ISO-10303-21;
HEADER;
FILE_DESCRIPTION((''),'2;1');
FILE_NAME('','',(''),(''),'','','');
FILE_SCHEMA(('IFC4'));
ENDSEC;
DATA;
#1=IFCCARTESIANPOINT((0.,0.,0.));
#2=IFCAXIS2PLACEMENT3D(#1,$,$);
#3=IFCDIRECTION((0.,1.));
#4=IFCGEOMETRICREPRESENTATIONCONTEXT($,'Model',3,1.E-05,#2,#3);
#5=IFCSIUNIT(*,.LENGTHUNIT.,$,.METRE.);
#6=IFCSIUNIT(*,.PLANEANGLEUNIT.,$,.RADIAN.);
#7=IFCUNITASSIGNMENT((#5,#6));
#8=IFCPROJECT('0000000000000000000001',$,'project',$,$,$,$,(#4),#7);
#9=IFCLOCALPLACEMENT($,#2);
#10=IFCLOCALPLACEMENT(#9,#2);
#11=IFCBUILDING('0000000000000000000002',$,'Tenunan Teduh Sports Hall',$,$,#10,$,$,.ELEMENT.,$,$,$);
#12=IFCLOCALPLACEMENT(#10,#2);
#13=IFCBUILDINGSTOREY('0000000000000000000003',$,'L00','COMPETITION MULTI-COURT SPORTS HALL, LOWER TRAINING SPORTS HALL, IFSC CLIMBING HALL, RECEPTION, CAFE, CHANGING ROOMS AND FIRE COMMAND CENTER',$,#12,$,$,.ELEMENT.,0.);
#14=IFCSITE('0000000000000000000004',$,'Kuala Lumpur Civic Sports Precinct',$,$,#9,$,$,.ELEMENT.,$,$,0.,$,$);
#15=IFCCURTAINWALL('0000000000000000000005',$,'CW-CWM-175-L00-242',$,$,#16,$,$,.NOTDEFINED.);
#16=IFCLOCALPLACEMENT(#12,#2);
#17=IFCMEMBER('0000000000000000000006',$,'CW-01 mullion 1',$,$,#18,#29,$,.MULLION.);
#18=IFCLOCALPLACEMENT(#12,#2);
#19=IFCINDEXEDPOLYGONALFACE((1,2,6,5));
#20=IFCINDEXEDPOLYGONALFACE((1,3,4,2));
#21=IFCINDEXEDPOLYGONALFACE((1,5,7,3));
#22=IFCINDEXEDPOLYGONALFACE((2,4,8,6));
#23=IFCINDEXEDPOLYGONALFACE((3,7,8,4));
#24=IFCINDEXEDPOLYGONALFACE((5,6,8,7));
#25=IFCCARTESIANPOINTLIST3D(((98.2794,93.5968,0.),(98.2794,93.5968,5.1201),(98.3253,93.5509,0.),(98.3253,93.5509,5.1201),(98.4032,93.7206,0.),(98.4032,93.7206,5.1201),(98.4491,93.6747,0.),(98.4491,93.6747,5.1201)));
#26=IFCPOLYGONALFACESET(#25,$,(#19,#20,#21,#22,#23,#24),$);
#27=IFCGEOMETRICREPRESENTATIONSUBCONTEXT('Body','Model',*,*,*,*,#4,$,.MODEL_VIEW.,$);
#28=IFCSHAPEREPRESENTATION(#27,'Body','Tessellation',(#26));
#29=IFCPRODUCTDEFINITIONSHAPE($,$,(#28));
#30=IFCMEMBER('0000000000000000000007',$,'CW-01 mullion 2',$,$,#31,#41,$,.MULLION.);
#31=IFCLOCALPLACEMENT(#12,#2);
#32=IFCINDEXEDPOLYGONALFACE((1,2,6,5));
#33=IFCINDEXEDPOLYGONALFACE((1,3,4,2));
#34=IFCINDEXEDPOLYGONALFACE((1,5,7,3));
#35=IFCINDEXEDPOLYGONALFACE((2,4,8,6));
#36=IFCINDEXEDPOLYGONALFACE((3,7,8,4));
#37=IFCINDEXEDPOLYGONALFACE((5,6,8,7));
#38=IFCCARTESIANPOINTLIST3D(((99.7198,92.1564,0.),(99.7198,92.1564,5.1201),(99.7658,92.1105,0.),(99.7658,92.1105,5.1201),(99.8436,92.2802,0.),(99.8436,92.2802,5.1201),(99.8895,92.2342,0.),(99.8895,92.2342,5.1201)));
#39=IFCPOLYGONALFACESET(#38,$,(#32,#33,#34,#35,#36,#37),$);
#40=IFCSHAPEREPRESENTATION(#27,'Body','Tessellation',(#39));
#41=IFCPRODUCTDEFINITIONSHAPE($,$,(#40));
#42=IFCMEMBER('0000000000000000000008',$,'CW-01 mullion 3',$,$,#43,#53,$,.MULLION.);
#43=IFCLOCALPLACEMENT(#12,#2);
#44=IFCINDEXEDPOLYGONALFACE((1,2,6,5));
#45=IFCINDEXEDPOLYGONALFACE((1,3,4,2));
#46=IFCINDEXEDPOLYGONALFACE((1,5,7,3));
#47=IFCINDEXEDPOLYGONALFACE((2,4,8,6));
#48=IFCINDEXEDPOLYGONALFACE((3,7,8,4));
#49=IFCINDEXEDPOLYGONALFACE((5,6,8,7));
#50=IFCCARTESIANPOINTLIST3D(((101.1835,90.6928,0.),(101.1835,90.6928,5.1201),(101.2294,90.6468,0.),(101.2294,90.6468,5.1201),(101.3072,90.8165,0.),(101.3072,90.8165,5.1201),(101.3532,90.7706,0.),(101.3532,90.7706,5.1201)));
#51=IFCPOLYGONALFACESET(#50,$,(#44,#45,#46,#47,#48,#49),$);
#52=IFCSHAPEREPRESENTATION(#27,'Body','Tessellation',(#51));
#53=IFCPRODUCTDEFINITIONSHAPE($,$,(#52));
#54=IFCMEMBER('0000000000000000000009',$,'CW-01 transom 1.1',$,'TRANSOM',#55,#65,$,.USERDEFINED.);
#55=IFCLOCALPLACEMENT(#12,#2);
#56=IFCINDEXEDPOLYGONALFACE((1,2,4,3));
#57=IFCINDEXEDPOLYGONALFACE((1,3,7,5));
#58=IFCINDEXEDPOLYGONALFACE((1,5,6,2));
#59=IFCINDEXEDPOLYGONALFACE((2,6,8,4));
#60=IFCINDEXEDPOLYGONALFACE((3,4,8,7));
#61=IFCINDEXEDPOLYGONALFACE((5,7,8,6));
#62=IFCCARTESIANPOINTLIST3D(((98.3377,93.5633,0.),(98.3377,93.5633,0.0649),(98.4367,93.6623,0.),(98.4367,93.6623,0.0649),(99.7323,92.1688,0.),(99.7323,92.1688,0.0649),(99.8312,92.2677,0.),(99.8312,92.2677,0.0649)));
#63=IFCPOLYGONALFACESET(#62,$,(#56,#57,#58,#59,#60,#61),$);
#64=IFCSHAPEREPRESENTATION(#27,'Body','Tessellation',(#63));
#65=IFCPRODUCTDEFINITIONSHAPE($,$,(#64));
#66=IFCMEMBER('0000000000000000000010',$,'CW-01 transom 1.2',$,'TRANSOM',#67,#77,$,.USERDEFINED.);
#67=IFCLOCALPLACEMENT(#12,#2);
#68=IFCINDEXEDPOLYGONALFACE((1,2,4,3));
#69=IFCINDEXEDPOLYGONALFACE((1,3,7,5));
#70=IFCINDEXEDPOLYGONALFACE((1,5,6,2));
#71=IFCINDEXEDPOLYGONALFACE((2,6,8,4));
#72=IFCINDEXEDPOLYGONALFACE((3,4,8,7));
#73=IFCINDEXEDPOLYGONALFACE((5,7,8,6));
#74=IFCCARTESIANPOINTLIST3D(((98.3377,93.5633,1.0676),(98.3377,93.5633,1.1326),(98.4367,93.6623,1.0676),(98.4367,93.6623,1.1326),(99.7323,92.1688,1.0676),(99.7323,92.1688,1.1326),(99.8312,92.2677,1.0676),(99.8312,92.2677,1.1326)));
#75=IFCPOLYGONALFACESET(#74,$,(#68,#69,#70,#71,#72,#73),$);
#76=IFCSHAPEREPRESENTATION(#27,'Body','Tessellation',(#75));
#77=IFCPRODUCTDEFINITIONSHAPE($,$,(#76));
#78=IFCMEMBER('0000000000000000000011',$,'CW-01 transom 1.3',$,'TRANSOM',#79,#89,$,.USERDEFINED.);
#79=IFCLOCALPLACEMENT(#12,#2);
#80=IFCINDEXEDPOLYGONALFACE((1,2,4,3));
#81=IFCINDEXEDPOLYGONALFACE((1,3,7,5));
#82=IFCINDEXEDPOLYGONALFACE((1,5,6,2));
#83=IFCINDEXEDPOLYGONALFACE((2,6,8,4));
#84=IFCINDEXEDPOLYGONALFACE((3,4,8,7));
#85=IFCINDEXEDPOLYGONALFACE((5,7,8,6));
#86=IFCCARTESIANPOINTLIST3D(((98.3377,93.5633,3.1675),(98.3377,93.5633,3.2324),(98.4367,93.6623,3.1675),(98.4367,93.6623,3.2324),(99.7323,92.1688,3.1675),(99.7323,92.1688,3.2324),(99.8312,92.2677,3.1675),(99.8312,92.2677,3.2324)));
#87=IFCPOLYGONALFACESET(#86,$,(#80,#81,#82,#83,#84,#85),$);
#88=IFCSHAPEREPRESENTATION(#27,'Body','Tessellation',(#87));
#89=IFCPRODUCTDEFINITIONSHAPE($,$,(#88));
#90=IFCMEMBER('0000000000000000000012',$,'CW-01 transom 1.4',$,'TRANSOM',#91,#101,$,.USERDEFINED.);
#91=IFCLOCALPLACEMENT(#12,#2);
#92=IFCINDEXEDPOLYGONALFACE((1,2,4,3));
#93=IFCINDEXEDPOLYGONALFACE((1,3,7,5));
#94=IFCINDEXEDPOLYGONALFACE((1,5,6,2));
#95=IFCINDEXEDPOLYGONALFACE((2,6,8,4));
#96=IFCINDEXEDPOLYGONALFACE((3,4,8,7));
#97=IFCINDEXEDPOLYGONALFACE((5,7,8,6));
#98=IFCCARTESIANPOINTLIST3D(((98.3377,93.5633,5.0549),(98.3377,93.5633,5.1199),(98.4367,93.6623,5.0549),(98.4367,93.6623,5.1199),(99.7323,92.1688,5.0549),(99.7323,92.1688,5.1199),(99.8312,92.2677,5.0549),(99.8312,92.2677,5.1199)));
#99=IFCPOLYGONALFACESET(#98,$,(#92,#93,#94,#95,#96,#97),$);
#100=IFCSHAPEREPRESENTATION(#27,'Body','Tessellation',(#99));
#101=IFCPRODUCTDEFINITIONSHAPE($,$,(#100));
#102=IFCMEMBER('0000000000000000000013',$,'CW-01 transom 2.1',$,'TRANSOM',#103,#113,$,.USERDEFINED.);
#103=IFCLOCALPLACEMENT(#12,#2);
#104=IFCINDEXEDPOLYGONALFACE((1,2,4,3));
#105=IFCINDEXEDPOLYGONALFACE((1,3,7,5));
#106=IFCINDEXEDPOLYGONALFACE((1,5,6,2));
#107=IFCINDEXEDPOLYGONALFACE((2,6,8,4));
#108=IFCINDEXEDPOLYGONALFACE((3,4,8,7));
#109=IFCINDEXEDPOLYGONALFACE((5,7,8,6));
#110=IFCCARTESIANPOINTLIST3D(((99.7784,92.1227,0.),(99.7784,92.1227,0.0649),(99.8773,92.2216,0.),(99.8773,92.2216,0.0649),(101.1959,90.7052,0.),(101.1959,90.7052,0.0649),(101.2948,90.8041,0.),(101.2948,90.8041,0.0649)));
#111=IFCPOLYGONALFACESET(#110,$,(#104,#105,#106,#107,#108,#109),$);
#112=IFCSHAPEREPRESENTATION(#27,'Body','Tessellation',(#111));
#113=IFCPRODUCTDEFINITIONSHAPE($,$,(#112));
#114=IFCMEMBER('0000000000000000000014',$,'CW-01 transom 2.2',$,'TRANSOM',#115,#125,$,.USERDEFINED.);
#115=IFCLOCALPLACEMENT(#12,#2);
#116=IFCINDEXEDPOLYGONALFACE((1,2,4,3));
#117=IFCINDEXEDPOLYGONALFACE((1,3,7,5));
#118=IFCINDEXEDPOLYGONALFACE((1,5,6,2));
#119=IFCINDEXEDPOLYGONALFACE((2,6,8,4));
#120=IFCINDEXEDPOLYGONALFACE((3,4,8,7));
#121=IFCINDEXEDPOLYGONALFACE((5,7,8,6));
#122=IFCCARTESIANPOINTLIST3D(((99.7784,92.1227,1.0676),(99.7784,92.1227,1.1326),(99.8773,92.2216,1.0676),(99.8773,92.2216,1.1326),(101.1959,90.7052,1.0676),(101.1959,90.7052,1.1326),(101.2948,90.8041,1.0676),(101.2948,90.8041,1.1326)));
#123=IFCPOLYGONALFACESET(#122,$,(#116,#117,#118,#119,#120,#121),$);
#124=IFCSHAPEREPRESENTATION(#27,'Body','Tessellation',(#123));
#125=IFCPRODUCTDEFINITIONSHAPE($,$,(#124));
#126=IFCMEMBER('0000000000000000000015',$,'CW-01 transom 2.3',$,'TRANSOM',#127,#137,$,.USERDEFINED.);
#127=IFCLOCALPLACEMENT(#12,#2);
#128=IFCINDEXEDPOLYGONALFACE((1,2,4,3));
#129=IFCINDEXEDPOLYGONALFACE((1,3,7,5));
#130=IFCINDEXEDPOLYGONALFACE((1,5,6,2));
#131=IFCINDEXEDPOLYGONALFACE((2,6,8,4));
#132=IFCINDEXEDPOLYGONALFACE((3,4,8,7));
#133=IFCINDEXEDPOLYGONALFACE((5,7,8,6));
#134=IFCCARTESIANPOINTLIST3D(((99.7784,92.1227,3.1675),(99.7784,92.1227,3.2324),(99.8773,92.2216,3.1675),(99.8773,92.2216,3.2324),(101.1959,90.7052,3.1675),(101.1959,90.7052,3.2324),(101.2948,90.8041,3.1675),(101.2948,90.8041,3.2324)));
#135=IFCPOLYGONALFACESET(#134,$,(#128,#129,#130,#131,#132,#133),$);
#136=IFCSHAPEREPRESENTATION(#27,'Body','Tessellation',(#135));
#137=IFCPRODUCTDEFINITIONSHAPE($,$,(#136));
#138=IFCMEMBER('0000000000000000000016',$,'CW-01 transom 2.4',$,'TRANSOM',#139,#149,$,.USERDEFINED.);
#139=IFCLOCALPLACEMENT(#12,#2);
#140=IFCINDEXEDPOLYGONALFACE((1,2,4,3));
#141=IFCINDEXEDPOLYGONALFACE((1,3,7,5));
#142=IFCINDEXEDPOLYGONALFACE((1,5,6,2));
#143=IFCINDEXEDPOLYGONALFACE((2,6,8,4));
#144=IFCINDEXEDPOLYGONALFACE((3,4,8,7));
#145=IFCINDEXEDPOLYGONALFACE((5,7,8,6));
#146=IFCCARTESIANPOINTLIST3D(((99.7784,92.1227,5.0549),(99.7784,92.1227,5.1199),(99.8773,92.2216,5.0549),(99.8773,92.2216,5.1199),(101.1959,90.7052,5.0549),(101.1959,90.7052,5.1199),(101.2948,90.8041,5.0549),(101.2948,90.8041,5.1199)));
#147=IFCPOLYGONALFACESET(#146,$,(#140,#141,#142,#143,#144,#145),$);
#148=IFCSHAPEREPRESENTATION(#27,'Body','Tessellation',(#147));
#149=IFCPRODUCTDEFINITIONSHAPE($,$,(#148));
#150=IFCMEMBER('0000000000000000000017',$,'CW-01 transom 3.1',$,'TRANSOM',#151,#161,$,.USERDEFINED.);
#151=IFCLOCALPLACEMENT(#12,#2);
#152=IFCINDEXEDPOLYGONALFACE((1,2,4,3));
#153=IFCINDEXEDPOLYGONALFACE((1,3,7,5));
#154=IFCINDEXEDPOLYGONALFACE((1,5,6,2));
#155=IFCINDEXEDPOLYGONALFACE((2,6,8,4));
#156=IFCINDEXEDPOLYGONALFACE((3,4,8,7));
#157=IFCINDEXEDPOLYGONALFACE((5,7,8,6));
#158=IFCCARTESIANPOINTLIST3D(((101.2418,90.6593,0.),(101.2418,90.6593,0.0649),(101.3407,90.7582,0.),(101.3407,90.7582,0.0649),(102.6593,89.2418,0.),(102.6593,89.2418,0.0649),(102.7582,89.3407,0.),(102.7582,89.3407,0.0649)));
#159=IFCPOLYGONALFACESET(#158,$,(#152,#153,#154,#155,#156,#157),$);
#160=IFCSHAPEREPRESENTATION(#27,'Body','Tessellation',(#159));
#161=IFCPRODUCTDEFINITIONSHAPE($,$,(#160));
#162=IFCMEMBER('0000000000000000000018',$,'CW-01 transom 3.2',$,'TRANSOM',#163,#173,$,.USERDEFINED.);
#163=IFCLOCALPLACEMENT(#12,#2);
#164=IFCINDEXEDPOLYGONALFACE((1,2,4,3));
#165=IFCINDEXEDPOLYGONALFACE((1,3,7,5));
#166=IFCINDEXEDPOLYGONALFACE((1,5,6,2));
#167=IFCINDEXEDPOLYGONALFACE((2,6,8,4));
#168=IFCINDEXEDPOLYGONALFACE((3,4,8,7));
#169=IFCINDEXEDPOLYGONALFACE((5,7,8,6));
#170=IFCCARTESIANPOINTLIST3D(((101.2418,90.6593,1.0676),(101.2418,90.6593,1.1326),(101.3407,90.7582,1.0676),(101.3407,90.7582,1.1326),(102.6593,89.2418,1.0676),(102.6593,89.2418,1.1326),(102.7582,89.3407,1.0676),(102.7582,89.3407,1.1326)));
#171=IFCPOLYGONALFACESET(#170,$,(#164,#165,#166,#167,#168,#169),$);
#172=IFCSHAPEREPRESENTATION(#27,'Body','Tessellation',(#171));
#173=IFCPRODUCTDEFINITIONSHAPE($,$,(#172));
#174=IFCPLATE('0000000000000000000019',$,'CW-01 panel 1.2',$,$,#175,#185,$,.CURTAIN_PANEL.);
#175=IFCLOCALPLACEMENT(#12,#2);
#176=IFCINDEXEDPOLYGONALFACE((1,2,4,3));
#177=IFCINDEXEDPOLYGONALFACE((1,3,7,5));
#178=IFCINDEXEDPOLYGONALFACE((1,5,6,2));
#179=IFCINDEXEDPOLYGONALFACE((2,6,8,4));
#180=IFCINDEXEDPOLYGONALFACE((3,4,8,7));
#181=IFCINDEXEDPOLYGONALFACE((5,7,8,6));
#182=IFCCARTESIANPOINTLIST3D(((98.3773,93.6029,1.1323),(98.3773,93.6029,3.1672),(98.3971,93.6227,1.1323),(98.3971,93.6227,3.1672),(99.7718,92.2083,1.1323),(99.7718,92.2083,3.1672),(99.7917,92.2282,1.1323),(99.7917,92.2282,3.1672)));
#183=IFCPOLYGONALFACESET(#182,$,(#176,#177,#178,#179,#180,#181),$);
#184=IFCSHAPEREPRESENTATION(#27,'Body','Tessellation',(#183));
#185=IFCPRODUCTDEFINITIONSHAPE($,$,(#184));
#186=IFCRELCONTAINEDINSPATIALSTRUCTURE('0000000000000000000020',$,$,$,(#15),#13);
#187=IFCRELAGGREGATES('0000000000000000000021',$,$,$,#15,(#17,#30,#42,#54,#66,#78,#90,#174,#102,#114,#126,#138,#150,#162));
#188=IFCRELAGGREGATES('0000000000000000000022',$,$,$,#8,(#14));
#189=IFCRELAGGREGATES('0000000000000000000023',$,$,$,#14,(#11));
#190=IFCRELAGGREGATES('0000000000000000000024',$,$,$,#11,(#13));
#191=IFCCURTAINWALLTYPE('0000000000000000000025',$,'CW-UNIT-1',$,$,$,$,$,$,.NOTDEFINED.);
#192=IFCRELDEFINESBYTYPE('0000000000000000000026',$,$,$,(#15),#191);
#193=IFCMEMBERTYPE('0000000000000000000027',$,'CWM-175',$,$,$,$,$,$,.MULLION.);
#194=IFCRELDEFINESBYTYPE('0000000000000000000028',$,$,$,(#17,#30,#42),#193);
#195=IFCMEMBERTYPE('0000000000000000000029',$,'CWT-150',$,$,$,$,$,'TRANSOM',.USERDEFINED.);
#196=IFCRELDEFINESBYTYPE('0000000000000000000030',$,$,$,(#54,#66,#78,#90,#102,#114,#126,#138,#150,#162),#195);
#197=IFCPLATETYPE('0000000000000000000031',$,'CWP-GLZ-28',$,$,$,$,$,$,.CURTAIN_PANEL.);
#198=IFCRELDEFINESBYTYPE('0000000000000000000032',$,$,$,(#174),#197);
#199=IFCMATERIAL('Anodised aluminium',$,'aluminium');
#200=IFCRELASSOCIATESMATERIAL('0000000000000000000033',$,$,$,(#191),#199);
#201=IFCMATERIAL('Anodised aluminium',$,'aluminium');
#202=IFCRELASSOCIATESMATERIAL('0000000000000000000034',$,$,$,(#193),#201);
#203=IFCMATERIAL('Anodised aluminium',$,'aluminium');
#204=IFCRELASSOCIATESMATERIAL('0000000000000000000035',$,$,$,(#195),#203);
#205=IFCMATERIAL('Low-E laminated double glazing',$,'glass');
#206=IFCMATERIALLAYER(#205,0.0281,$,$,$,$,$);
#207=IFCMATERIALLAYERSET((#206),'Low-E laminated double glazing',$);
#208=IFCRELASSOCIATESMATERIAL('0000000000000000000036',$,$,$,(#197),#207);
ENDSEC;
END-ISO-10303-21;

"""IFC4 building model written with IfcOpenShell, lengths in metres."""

from ifc_helpers import new_model, si_unit, direction, frame, origin, origin_2d, place, context, subcontext, project, spatial, rectangle, extrude, material, layer, layer_set, material_profile, profile_set, type_object, element, aggregate, save


model = new_model("IFC4")

# Units and contexts
model_context = context("Model", 3, precision=1e-05, world=origin(), true_north=direction((0.0, 1.0)))
body_context = subcontext(model_context, "Body", "Model", "MODEL_VIEW")
ifc_project = project(units=[si_unit("LENGTHUNIT", "METRE"), si_unit("PLANEANGLEUNIT", "RADIAN")], contexts=[model_context])

# Site, building, storey
site_placement = place(None, origin())
site = spatial("IfcSite", under=ifc_project, at=site_placement, Name="Kuala Lumpur Civic Sports Precinct", CompositionType="ELEMENT", RefElevation=0.0)
building_placement = place(site_placement, origin())
building = spatial("IfcBuilding", under=site, at=building_placement, Name="Tenunan Teduh Sports Hall", CompositionType="ELEMENT")
storey_placement = place(building_placement, origin())
storey = spatial("IfcBuildingStorey", under=building, at=storey_placement, Name="L00", Description="COMPETITION MULTI-COURT SPORTS HALL, LOWER TRAINING SPORTS HALL, IFSC CLIMBING HALL, RECEPTION, CAFE, CHANGING ROOMS AND FIRE COMMAND CENTER", CompositionType="ELEMENT", Elevation=0.0)

# Curtain wall, members, plate
ifc_material_1 = material(Name="Anodised aluminium", Category="aluminium")
curtain_wall_type = type_object("IfcCurtainWallType", Name="CW-UNIT-1", PredefinedType="NOTDEFINED", material=ifc_material_1)
curtain_wall_placement = place(storey_placement, origin())
curtain_wall = element("IfcCurtainWall", 1, at=curtain_wall_placement, inside=storey, type_object=curtain_wall_type, Name="CW-CWM-175-L00-242", PredefinedType="NOTDEFINED")
ifc_material_2 = material(Name="Anodised aluminium", Category="aluminium")
ifc_material_profile_1 = material_profile(ifc_material_2, rectangle(XDim=0.0649, YDim=0.175, at=origin_2d()), Name="CWM 65x175")
ifc_profile_set_1 = profile_set([ifc_material_profile_1], Name="Anodised aluminium")
member_type_1 = type_object("IfcMemberType", Name="CWM-175", PredefinedType="MULLION", material=ifc_profile_set_1)
member_1_placement = place(storey_placement, frame((98.3643, 93.6357, 0.0), z_axis=(0.0, 0.0, 1.0), x_axis=(-0.707107, 0.707107, 0.0)))
member_1 = element("IfcMember", 2, at=member_1_placement, type_object=member_type_1, Name="CW-01 mullion 1", PredefinedType="MULLION", context=body_context, shape_type="SweptSolid", body=[
    extrude(rectangle(XDim=0.0649, YDim=0.175, at=origin_2d()), origin(), (0.0, 0.0, 1.0), 5.1201),
])
member_2_placement = place(storey_placement, frame((99.8047, 92.1953, 0.0), z_axis=(0.0, 0.0, 1.0), x_axis=(-0.707107, 0.707107, 0.0)))
member_2 = element("IfcMember", 3, at=member_2_placement, type_object=member_type_1, Name="CW-01 mullion 2", PredefinedType="MULLION", context=body_context, shape_type="SweptSolid", body=[
    extrude(rectangle(XDim=0.0649, YDim=0.175, at=origin_2d()), origin(), (0.0, 0.0, 1.0), 5.1201),
])
member_3_placement = place(storey_placement, frame((101.2683, 90.7317, 0.0), z_axis=(0.0, 0.0, 1.0), x_axis=(-0.707107, 0.707107, 0.0)))
member_3 = element("IfcMember", 4, at=member_3_placement, type_object=member_type_1, Name="CW-01 mullion 3", PredefinedType="MULLION", context=body_context, shape_type="SweptSolid", body=[
    extrude(rectangle(XDim=0.0649, YDim=0.175, at=origin_2d()), origin(), (0.0, 0.0, 1.0), 5.1201),
])
ifc_material_3 = material(Name="Anodised aluminium", Category="aluminium")
ifc_material_profile_2 = material_profile(ifc_material_3, rectangle(XDim=0.0649, YDim=0.1399, at=origin_2d()), Name="CWT 65x140")
ifc_profile_set_2 = profile_set([ifc_material_profile_2], Name="Anodised aluminium")
member_type_2 = type_object("IfcMemberType", Name="CWT-150", ElementType="TRANSOM", PredefinedType="USERDEFINED", material=ifc_profile_set_2)
member_4_placement = place(storey_placement, frame((98.3872, 93.6128, 0.0325), z_axis=(0.707107, -0.707107, 0.0), x_axis=(0.0, 0.0, 1.0)))
member_4 = element("IfcMember", 5, at=member_4_placement, type_object=member_type_2, Name="CW-01 transom 1.1", ObjectType="TRANSOM", PredefinedType="USERDEFINED", context=body_context, shape_type="SweptSolid", body=[
    extrude(rectangle(XDim=0.0649, YDim=0.1399, at=origin_2d()), origin(), (0.0, 0.0, 1.0), 1.9722),
])
member_5_placement = place(storey_placement, frame((98.3872, 93.6128, 1.1001), z_axis=(0.707107, -0.707107, 0.0), x_axis=(0.0, 0.0, 1.0)))
member_5 = element("IfcMember", 6, at=member_5_placement, type_object=member_type_2, Name="CW-01 transom 1.2", ObjectType="TRANSOM", PredefinedType="USERDEFINED", context=body_context, shape_type="SweptSolid", body=[
    extrude(rectangle(XDim=0.0649, YDim=0.1399, at=origin_2d()), origin(), (0.0, 0.0, 1.0), 1.9722),
])
member_6_placement = place(storey_placement, frame((98.3872, 93.6128, 3.2), z_axis=(0.707107, -0.707107, 0.0), x_axis=(0.0, 0.0, 1.0)))
member_6 = element("IfcMember", 7, at=member_6_placement, type_object=member_type_2, Name="CW-01 transom 1.3", ObjectType="TRANSOM", PredefinedType="USERDEFINED", context=body_context, shape_type="SweptSolid", body=[
    extrude(rectangle(XDim=0.0649, YDim=0.1399, at=origin_2d()), origin(), (0.0, 0.0, 1.0), 1.9722),
])
member_7_placement = place(storey_placement, frame((98.3872, 93.6128, 5.0874), z_axis=(0.707107, -0.707107, 0.0), x_axis=(0.0, 0.0, 1.0)))
member_7 = element("IfcMember", 8, at=member_7_placement, type_object=member_type_2, Name="CW-01 transom 1.4", ObjectType="TRANSOM", PredefinedType="USERDEFINED", context=body_context, shape_type="SweptSolid", body=[
    extrude(rectangle(XDim=0.0649, YDim=0.1399, at=origin_2d()), origin(), (0.0, 0.0, 1.0), 1.9722),
])
member_8_placement = place(storey_placement, frame((99.8279, 92.1721, 0.0325), z_axis=(0.707107, -0.707107, 0.0), x_axis=(0.0, 0.0, 1.0)))
member_8 = element("IfcMember", 9, at=member_8_placement, type_object=member_type_2, Name="CW-01 transom 2.1", ObjectType="TRANSOM", PredefinedType="USERDEFINED", context=body_context, shape_type="SweptSolid", body=[
    extrude(rectangle(XDim=0.0649, YDim=0.1399, at=origin_2d()), origin(), (0.0, 0.0, 1.0), 2.0046),
])
member_9_placement = place(storey_placement, frame((99.8279, 92.1721, 1.1001), z_axis=(0.707107, -0.707107, 0.0), x_axis=(0.0, 0.0, 1.0)))
member_9 = element("IfcMember", 10, at=member_9_placement, type_object=member_type_2, Name="CW-01 transom 2.2", ObjectType="TRANSOM", PredefinedType="USERDEFINED", context=body_context, shape_type="SweptSolid", body=[
    extrude(rectangle(XDim=0.0649, YDim=0.1399, at=origin_2d()), origin(), (0.0, 0.0, 1.0), 2.0046),
])
member_10_placement = place(storey_placement, frame((99.8279, 92.1721, 3.2), z_axis=(0.707107, -0.707107, 0.0), x_axis=(0.0, 0.0, 1.0)))
member_10 = element("IfcMember", 11, at=member_10_placement, type_object=member_type_2, Name="CW-01 transom 2.3", ObjectType="TRANSOM", PredefinedType="USERDEFINED", context=body_context, shape_type="SweptSolid", body=[
    extrude(rectangle(XDim=0.0649, YDim=0.1399, at=origin_2d()), origin(), (0.0, 0.0, 1.0), 2.0046),
])
member_11_placement = place(storey_placement, frame((99.8279, 92.1721, 5.0874), z_axis=(0.707107, -0.707107, 0.0), x_axis=(0.0, 0.0, 1.0)))
member_11 = element("IfcMember", 12, at=member_11_placement, type_object=member_type_2, Name="CW-01 transom 2.4", ObjectType="TRANSOM", PredefinedType="USERDEFINED", context=body_context, shape_type="SweptSolid", body=[
    extrude(rectangle(XDim=0.0649, YDim=0.1399, at=origin_2d()), origin(), (0.0, 0.0, 1.0), 2.0046),
])
member_12_placement = place(storey_placement, frame((101.2913, 90.7087, 0.0325), z_axis=(0.707107, -0.707107, 0.0), x_axis=(0.0, 0.0, 1.0)))
member_12 = element("IfcMember", 13, at=member_12_placement, type_object=member_type_2, Name="CW-01 transom 3.1", ObjectType="TRANSOM", PredefinedType="USERDEFINED", context=body_context, shape_type="SweptSolid", body=[
    extrude(rectangle(XDim=0.0649, YDim=0.1399, at=origin_2d()), origin(), (0.0, 0.0, 1.0), 2.0046),
])
member_13_placement = place(storey_placement, frame((101.2913, 90.7087, 1.1001), z_axis=(0.707107, -0.707107, 0.0), x_axis=(0.0, 0.0, 1.0)))
member_13 = element("IfcMember", 14, at=member_13_placement, type_object=member_type_2, Name="CW-01 transom 3.2", ObjectType="TRANSOM", PredefinedType="USERDEFINED", context=body_context, shape_type="SweptSolid", body=[
    extrude(rectangle(XDim=0.0649, YDim=0.1399, at=origin_2d()), origin(), (0.0, 0.0, 1.0), 2.0046),
])
ifc_material_4 = material(Name="Low-E laminated double glazing", Category="glass")
ifc_layer_1 = layer(ifc_material_4, 0.0281)
ifc_layer_set_1 = layer_set([ifc_layer_1], Name="Low-E laminated double glazing")
plate_type_1 = type_object("IfcPlateType", Name="CWP-GLZ-28", PredefinedType="CURTAIN_PANEL", material=ifc_layer_set_1)
plate_1_placement = place(storey_placement, frame((99.0845, 92.9155, 1.1323), z_axis=(0.0, 0.0, 1.0), x_axis=(0.707107, -0.707107, 0.0)))
plate_1 = element("IfcPlate", 15, at=plate_1_placement, type_object=plate_type_1, Name="CW-01 panel 1.2", PredefinedType="CURTAIN_PANEL", context=body_context, shape_type="SweptSolid", body=[
    extrude(rectangle(XDim=1.9722, YDim=0.0281, at=origin_2d()), origin(), (0.0, 0.0, 1.0), 2.0349),
])
aggregate(curtain_wall, [member_1, member_2, member_3, member_4, member_5, member_6, member_7, plate_1, member_8, member_9, member_10, member_11, member_12, member_13])

save(model, "model.ifc")
